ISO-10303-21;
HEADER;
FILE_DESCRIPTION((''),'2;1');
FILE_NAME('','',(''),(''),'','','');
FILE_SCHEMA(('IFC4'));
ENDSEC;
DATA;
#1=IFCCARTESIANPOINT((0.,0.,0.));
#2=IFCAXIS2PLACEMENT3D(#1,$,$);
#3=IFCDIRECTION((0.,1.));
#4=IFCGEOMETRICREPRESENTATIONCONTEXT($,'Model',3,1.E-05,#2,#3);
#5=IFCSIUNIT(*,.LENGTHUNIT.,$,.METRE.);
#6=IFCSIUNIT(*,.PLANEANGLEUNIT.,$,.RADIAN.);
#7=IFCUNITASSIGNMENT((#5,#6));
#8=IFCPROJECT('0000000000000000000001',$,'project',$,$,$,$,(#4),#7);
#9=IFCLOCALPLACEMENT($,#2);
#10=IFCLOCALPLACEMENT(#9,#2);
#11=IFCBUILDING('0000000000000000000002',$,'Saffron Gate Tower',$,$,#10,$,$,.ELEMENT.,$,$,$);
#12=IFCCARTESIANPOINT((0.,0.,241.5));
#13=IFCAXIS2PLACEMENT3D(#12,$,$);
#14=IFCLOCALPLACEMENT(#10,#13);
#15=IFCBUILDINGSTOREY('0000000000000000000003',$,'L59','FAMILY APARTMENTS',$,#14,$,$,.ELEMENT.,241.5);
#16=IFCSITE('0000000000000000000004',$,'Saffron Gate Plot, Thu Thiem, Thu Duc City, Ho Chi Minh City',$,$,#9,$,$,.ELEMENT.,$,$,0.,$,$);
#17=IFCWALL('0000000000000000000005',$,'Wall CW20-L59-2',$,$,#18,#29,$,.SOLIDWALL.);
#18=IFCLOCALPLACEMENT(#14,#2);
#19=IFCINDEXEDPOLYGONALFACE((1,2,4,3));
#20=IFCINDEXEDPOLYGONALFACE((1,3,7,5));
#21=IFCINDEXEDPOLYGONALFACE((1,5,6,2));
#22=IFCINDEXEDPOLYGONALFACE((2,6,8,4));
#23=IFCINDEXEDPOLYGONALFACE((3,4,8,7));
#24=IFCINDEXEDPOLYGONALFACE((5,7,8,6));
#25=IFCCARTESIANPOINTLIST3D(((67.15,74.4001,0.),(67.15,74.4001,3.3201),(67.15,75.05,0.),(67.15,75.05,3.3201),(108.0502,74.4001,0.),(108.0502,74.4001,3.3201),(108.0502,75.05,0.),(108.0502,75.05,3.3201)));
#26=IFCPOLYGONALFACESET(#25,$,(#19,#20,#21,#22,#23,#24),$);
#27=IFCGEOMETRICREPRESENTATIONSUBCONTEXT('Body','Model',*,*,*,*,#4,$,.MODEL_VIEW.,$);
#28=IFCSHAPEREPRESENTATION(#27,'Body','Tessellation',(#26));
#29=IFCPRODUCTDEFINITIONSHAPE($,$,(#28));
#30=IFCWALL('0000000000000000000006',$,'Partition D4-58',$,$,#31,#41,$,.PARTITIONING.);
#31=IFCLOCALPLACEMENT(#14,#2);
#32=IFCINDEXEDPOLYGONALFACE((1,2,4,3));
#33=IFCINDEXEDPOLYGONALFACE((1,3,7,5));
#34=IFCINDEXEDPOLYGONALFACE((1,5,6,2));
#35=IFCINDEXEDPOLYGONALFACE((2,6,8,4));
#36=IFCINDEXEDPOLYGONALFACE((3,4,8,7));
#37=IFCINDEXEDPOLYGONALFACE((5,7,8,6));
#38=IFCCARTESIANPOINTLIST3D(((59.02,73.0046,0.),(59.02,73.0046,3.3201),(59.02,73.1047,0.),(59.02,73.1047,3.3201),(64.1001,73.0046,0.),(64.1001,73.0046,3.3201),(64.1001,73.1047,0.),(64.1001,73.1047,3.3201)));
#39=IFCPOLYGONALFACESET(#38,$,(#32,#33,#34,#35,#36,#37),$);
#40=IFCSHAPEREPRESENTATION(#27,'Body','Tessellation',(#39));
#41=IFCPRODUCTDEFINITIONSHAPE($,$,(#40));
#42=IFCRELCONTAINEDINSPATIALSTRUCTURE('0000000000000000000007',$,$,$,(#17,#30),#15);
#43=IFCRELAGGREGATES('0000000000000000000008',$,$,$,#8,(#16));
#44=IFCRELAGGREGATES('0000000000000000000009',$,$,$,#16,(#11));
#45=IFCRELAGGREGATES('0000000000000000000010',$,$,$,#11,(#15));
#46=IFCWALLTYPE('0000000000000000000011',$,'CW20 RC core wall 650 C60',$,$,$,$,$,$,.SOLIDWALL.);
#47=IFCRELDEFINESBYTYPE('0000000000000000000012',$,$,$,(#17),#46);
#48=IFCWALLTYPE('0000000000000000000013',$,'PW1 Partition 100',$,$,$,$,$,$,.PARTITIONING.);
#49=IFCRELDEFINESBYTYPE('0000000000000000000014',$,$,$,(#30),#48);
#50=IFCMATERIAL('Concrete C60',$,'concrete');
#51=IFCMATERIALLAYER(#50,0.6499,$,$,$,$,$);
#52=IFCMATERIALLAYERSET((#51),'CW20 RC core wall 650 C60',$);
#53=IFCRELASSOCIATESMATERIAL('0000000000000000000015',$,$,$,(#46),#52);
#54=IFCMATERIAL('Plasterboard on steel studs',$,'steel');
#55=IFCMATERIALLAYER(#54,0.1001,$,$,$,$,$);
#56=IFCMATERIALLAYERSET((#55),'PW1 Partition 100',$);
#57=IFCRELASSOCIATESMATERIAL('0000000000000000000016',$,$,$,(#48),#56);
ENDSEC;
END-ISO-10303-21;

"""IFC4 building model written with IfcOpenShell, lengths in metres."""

from ifc_helpers import new_model, si_unit, direction, frame, frame_2d, origin, place, context, subcontext, project, spatial, rectangle, extrude, material, layer, layer_set, type_object, element, save


model = new_model("IFC4")

# Units and contexts
model_context = context("Model", 3, precision=1e-05, world=origin(), true_north=direction((0.0, 1.0)))
body_context = subcontext(model_context, "Body", "Model", "MODEL_VIEW")
ifc_project = project(units=[si_unit("LENGTHUNIT", "METRE"), si_unit("PLANEANGLEUNIT", "RADIAN")], contexts=[model_context])

# Site, building, storey
site_placement = place(None, origin())
site = spatial("IfcSite", under=ifc_project, at=site_placement, Name="Saffron Gate Plot, Thu Thiem, Thu Duc City, Ho Chi Minh City", CompositionType="ELEMENT", RefElevation=0.0)
building_placement = place(site_placement, origin())
building = spatial("IfcBuilding", under=site, at=building_placement, Name="Saffron Gate Tower", CompositionType="ELEMENT")
storey_placement = place(building_placement, frame((0.0, 0.0, 241.5)))
storey = spatial("IfcBuildingStorey", under=building, at=storey_placement, Name="L59", Description="FAMILY APARTMENTS", CompositionType="ELEMENT", Elevation=241.5)

# Shared definitions
ifc_material_1 = material(Name="Concrete C60", Category="concrete")

# Walls
ifc_layer_1 = layer(ifc_material_1, 0.6499)
ifc_layer_set_1 = layer_set([ifc_layer_1], Name="CW20 RC core wall 650 C60")
wall_type_1 = type_object("IfcWallType", Name="CW20 RC core wall 650 C60", PredefinedType="SOLIDWALL", material=ifc_layer_set_1)
wall_1_placement = place(storey_placement, frame((67.1499, 74.7251, 0.0), z_axis=(0.0, 0.0, 1.0), x_axis=(1.0, 0.0, 0.0)))
element("IfcWall", 1, at=wall_1_placement, inside=storey, type_object=wall_type_1, Name="Wall CW20-L59-2", PredefinedType="SOLIDWALL", context=body_context, shape_type="SweptSolid", body=[
    extrude(rectangle(XDim=40.9001, YDim=0.6499, at=frame_2d((20.4502, 0.0))), origin(), (0.0, 0.0, 1.0), 3.3201),
])
ifc_material_2 = material(Name="Plasterboard on steel studs", Category="steel")
ifc_layer_2 = layer(ifc_material_2, 0.1001)
ifc_layer_set_2 = layer_set([ifc_layer_2], Name="PW1 Partition 100")
wall_type_2 = type_object("IfcWallType", Name="PW1 Partition 100", PredefinedType="PARTITIONING", material=ifc_layer_set_2)
wall_2_placement = place(storey_placement, frame((59.02, 73.0547, 0.0), z_axis=(0.0, 0.0, 1.0), x_axis=(1.0, 0.0, 0.0)))
element("IfcWall", 2, at=wall_2_placement, inside=storey, type_object=wall_type_2, Name="Partition D4-58", PredefinedType="PARTITIONING", context=body_context, shape_type="SweptSolid", body=[
    extrude(rectangle(XDim=5.0801, YDim=0.1001, at=frame_2d((2.54, 0.0))), origin(), (0.0, 0.0, 1.0), 3.3201),
])

save(model, "model.ifc")
